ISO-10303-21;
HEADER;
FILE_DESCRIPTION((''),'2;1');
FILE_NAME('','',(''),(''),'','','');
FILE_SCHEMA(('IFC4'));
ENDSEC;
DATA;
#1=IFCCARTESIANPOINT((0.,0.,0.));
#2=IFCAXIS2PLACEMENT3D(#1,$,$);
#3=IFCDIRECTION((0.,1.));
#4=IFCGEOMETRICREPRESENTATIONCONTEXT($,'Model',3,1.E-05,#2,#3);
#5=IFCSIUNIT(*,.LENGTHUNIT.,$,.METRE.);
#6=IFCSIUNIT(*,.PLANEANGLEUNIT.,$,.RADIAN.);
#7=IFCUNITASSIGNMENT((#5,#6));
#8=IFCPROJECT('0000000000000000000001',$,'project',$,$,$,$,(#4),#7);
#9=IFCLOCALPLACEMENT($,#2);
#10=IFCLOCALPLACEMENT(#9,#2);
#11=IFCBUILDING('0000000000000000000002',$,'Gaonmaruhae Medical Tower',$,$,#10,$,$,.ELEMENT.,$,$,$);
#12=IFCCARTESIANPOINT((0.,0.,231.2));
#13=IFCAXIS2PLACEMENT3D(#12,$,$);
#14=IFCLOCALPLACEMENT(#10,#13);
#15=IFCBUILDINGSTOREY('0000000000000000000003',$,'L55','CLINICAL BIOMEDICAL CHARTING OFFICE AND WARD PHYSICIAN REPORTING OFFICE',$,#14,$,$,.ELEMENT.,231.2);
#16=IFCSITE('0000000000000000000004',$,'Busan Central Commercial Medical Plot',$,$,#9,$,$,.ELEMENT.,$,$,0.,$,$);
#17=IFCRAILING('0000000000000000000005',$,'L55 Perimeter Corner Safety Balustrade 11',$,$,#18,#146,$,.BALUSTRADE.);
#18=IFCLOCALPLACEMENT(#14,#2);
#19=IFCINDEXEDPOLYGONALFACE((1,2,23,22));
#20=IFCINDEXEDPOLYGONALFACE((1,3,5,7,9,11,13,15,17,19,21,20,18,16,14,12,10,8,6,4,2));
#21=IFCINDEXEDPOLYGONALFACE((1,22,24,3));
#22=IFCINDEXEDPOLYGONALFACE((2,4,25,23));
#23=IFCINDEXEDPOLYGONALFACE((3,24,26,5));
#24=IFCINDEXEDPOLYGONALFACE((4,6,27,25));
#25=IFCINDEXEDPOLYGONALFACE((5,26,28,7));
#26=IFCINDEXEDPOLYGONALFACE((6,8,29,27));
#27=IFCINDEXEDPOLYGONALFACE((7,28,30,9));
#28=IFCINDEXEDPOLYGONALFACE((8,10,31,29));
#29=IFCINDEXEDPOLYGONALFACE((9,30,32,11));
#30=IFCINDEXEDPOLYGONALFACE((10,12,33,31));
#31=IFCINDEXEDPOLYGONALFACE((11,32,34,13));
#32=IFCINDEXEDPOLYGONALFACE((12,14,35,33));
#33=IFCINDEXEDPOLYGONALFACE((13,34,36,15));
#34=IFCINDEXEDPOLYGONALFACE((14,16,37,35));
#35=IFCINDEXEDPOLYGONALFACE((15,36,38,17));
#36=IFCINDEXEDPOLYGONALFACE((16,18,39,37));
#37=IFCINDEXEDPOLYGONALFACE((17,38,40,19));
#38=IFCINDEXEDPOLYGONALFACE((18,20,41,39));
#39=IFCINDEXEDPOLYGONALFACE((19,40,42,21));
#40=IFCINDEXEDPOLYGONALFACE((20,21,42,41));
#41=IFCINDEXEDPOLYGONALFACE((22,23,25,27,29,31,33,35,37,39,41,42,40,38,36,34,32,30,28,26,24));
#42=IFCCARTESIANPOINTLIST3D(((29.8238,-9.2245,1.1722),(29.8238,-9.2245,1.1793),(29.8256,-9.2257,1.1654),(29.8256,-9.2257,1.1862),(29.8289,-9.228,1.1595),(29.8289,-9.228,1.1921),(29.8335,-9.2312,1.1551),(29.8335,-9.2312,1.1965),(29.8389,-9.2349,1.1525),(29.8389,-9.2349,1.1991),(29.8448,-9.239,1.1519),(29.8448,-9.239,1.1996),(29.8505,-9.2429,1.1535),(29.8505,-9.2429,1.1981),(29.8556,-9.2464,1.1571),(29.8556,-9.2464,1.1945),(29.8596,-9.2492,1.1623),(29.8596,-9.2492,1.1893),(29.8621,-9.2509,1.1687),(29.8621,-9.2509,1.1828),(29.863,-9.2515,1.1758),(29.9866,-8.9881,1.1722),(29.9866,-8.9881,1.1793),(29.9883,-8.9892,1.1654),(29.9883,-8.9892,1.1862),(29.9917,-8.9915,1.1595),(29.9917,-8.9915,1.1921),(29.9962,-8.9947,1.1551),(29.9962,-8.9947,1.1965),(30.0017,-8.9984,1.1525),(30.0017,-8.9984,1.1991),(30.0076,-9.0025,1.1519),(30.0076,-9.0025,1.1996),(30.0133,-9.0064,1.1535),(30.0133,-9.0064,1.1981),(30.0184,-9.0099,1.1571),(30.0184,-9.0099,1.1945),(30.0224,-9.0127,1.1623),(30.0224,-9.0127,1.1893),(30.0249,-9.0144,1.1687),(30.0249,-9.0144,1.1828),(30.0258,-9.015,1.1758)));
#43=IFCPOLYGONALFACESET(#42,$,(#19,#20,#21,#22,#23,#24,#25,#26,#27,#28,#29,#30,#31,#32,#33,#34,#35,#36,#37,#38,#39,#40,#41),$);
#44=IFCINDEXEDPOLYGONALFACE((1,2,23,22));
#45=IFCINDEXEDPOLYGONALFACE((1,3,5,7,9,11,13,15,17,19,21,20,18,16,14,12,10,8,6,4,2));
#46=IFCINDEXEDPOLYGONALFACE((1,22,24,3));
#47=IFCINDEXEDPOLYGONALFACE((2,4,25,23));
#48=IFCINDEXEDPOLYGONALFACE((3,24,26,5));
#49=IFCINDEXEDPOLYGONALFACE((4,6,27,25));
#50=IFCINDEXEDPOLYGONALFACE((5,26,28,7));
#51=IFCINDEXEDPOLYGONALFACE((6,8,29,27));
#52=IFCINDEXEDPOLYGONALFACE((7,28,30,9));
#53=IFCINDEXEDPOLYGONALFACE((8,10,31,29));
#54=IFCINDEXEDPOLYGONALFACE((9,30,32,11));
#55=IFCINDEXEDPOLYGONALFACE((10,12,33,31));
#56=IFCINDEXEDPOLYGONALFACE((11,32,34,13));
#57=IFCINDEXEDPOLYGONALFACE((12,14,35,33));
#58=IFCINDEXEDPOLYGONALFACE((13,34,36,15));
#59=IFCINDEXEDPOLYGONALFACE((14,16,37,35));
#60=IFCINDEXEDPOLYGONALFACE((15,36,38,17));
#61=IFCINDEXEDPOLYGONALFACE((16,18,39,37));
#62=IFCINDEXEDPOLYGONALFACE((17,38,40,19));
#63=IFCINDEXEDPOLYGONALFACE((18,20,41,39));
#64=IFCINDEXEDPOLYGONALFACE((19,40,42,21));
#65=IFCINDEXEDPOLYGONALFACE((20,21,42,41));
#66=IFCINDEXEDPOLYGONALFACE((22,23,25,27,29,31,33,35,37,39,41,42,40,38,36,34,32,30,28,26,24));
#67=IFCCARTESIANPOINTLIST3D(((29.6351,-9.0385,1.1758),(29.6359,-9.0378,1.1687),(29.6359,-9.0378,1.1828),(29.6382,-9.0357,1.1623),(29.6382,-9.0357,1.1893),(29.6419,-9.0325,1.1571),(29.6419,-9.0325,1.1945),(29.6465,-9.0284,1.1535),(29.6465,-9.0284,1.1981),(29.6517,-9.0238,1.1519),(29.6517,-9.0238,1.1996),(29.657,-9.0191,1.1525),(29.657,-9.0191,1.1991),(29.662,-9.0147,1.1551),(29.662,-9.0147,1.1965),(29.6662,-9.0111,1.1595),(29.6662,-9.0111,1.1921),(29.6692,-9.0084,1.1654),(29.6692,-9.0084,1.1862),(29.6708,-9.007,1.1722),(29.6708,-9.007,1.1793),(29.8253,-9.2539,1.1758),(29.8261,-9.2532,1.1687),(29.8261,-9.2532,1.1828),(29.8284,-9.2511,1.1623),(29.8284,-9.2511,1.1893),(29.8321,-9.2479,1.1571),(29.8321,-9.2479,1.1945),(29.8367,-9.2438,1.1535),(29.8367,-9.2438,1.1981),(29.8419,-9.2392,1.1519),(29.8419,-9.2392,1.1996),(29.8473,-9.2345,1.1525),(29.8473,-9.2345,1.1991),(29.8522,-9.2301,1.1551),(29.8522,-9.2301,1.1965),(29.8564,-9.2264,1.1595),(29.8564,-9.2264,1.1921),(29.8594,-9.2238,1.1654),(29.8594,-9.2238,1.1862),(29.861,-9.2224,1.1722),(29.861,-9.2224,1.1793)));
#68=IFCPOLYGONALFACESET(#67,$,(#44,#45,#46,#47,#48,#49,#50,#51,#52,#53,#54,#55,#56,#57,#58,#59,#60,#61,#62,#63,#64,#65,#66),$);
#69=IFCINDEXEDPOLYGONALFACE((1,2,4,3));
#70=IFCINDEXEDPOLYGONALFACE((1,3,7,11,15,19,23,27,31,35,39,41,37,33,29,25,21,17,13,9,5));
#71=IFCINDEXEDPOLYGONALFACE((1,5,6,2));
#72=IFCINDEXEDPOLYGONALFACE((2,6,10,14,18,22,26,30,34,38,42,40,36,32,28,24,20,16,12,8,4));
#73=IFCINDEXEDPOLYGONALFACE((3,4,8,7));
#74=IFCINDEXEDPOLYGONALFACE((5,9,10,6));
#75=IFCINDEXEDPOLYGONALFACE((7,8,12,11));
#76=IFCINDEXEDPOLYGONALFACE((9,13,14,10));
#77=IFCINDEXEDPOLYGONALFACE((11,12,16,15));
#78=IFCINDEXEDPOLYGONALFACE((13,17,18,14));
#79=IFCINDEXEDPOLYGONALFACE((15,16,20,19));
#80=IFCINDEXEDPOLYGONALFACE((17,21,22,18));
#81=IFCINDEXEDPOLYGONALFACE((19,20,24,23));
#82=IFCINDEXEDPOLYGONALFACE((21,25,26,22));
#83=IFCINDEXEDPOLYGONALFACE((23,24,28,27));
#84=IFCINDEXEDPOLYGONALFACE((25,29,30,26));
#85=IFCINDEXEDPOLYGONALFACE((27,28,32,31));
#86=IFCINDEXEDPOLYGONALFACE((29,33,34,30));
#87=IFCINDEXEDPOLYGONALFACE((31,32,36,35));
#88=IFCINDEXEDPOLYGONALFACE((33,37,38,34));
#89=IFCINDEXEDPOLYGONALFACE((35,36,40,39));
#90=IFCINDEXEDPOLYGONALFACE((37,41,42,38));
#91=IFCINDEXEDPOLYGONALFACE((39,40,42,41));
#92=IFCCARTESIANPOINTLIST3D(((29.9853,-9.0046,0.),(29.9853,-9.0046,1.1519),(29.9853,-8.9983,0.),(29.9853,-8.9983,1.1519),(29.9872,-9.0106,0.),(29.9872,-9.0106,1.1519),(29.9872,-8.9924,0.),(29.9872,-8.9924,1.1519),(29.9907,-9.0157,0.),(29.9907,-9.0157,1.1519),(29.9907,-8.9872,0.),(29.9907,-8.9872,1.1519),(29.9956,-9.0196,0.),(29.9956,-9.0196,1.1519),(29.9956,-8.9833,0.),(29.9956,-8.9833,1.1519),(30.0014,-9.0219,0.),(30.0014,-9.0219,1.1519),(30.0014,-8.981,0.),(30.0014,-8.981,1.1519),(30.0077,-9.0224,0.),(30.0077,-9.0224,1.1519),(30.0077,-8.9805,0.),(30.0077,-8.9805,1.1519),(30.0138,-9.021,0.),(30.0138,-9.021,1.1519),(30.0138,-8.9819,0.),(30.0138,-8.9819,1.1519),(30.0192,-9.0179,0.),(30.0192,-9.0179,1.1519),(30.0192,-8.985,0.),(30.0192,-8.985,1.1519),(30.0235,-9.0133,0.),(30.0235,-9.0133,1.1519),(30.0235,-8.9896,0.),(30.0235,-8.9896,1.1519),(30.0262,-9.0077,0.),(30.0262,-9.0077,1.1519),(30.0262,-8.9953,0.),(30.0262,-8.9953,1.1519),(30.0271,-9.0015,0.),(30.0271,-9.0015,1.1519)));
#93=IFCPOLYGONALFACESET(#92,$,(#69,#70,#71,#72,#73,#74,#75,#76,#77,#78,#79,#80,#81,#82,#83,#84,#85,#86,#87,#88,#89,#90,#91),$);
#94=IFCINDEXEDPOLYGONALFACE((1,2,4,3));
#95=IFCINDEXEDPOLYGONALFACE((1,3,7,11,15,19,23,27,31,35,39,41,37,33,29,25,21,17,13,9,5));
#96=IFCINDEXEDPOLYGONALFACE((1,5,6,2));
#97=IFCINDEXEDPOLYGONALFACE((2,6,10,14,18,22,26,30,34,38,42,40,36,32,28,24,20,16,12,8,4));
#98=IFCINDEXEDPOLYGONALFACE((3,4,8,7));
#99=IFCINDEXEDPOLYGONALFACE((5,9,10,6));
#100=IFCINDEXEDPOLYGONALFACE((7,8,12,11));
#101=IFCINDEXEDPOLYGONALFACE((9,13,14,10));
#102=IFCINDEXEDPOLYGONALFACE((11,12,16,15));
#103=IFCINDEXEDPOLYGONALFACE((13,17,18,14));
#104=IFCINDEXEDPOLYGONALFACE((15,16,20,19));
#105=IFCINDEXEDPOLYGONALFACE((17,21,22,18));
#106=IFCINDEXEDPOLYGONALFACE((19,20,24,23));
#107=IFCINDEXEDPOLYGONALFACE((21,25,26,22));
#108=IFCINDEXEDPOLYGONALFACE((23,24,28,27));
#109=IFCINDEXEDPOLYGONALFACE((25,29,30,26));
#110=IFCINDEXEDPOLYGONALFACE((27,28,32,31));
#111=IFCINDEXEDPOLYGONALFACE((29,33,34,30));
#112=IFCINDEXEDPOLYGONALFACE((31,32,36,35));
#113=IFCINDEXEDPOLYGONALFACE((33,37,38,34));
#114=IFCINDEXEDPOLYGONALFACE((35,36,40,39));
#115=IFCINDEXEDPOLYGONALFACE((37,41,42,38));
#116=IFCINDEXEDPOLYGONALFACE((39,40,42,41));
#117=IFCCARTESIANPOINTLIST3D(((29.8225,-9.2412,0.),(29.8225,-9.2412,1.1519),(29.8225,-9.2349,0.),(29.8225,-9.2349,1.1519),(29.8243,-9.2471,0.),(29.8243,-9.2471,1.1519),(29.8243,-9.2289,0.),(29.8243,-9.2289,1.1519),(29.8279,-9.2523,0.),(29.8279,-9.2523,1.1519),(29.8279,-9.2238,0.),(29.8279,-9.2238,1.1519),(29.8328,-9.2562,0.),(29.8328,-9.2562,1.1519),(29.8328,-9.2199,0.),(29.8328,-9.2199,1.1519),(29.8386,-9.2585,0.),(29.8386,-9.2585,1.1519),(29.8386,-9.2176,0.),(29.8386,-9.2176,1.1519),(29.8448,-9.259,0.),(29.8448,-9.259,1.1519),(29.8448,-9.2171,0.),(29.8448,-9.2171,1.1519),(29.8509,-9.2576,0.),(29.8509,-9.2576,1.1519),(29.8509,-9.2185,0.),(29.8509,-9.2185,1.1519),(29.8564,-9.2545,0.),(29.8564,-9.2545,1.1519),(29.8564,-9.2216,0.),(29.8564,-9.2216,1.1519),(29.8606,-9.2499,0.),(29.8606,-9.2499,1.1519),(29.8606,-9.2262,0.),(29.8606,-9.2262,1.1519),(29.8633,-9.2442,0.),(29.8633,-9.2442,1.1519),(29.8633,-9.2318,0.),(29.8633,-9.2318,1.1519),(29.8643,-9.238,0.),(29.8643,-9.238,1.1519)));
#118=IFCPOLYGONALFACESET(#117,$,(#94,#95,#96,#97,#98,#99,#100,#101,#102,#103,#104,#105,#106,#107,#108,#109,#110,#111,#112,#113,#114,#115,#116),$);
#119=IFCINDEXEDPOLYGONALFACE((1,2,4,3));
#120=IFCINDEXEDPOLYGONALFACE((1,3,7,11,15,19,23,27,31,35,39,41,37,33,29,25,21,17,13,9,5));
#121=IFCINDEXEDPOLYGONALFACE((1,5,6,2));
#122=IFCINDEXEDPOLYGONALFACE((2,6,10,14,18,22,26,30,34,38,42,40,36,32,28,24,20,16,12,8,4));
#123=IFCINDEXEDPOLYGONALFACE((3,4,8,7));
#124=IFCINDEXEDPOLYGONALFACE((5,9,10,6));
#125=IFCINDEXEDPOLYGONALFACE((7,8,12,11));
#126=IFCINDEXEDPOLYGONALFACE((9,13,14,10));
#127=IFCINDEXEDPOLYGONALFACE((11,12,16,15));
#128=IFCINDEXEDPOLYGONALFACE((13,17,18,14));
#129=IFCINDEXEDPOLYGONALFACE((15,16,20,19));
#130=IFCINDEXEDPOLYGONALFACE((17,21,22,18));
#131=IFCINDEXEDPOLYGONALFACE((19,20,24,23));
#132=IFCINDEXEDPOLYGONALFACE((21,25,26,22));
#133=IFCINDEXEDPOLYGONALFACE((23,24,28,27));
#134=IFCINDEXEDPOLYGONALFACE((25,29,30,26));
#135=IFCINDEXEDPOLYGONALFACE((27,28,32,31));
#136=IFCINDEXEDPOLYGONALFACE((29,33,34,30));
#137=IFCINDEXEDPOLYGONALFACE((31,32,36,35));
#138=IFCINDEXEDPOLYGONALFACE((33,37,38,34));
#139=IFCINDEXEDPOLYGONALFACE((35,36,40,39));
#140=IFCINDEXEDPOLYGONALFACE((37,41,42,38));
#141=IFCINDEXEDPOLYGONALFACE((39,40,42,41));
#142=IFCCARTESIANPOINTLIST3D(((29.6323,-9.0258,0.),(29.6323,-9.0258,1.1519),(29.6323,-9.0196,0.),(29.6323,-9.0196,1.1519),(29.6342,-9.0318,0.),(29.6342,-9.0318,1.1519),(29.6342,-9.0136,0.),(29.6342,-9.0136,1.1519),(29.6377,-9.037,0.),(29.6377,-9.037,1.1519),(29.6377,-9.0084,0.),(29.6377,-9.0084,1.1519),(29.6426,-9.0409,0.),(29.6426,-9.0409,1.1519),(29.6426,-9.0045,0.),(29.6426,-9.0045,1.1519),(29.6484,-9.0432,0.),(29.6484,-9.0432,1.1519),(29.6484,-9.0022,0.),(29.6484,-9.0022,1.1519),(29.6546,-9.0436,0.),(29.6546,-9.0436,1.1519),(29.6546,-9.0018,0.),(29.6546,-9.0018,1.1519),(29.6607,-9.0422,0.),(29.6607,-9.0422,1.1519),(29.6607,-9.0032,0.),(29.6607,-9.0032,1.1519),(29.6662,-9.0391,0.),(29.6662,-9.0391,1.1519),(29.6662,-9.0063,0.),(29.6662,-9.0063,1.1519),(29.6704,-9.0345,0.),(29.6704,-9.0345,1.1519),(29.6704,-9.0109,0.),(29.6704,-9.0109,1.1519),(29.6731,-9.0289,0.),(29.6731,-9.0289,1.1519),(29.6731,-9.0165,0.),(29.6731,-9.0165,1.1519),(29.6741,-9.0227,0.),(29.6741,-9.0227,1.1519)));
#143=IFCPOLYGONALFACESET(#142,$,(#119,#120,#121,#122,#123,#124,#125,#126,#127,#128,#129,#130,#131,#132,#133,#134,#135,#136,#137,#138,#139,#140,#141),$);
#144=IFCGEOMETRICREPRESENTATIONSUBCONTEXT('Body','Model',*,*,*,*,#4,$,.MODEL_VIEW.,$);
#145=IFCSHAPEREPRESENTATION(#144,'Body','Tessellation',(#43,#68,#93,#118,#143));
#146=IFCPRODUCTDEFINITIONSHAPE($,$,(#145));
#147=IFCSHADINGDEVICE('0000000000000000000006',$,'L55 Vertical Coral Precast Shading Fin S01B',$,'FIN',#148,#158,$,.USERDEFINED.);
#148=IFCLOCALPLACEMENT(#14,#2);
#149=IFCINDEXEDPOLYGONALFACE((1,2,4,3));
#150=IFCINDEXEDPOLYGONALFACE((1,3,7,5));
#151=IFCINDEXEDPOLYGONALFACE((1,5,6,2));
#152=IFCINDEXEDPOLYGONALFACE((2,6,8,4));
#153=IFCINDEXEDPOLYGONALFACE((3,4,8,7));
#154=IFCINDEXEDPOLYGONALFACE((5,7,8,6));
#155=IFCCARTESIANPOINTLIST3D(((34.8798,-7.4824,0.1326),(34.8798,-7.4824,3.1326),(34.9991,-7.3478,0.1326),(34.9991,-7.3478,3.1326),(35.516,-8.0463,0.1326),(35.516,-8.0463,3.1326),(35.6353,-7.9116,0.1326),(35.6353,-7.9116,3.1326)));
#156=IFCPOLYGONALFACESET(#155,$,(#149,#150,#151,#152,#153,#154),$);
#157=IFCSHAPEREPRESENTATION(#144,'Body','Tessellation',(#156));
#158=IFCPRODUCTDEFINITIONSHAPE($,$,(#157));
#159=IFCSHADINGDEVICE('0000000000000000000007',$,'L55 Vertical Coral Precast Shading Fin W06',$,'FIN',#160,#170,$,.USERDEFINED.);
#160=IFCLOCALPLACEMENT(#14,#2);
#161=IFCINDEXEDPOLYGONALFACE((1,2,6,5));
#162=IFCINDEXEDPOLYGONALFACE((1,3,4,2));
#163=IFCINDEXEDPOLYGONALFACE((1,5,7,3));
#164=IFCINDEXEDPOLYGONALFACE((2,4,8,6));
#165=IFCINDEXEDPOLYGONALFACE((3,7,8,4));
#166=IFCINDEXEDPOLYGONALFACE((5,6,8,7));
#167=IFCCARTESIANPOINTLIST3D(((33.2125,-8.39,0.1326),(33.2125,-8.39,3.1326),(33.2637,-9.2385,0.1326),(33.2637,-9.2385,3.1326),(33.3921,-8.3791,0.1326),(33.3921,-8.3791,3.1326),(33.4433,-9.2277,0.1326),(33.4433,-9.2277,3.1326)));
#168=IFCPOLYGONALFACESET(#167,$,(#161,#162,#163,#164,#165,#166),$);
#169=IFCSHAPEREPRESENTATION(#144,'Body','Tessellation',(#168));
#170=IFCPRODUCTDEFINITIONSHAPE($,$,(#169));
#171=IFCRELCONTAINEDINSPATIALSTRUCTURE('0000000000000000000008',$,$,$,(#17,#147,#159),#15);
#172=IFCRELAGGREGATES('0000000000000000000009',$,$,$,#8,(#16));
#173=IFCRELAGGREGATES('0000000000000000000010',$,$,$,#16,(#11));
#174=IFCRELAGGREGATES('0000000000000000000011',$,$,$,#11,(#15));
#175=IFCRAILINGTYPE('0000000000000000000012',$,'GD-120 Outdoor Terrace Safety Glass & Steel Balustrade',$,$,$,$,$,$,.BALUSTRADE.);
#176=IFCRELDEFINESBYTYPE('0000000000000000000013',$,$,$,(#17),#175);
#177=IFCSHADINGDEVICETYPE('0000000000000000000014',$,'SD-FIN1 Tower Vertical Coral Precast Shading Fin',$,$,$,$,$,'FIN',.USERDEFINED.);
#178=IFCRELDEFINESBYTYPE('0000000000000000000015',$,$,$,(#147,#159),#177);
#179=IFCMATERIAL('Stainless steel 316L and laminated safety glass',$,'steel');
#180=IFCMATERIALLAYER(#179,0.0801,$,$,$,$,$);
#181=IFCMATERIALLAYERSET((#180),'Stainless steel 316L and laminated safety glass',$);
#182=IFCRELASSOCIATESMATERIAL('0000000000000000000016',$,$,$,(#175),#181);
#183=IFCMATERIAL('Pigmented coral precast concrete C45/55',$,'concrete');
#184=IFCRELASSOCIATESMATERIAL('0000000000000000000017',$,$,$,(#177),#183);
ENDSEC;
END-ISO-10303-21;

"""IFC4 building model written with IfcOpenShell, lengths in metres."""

from ifc_helpers import new_model, si_unit, direction, frame, origin, origin_2d, place, context, subcontext, project, spatial, rectangle, circle, extrude, material, layer, layer_set, type_object, element, save


model = new_model("IFC4")

# Units and contexts
model_context = context("Model", 3, precision=1e-05, world=origin(), true_north=direction((0.0, 1.0)))
body_context = subcontext(model_context, "Body", "Model", "MODEL_VIEW")
ifc_project = project(units=[si_unit("LENGTHUNIT", "METRE"), si_unit("PLANEANGLEUNIT", "RADIAN")], contexts=[model_context])

# Site, building, storey
site_placement = place(None, origin())
site = spatial("IfcSite", under=ifc_project, at=site_placement, Name="Busan Central Commercial Medical Plot", CompositionType="ELEMENT", RefElevation=0.0)
building_placement = place(site_placement, origin())
building = spatial("IfcBuilding", under=site, at=building_placement, Name="Gaonmaruhae Medical Tower", CompositionType="ELEMENT")
storey_placement = place(building_placement, frame((0.0, 0.0, 231.2)))
storey = spatial("IfcBuildingStorey", under=building, at=storey_placement, Name="L55", Description="CLINICAL BIOMEDICAL CHARTING OFFICE AND WARD PHYSICIAN REPORTING OFFICE", CompositionType="ELEMENT", Elevation=231.2)

# Railing
ifc_material_1 = material(Name="Stainless steel 316L and laminated safety glass", Category="steel")
ifc_layer_1 = layer(ifc_material_1, 0.0801)
ifc_layer_set_1 = layer_set([ifc_layer_1], Name="Stainless steel 316L and laminated safety glass")
railing_type = type_object("IfcRailingType", Name="GD-120 Outdoor Terrace Safety Glass & Steel Balustrade", PredefinedType="BALUSTRADE", material=ifc_layer_set_1)
railing_1_placement = place(storey_placement, frame((30.0061, -9.0015, 0.0)))
element("IfcRailing", 1, at=railing_1_placement, inside=storey, type_object=railing_type, Name="L55 Perimeter Corner Safety Balustrade 11", PredefinedType="BALUSTRADE", context=body_context, shape_type="SweptSolid", body=[
    extrude(circle(Radius=0.0239, at=origin_2d()), frame((0.0, 0.0, 1.1758), z_axis=(-0.566998, -0.823719, 0.0), x_axis=(0.823719, -0.566998, 0.0)), (0.0, 0.0, 1.0), 0.2871),
    extrude(circle(Radius=0.0239, at=origin_2d()), frame((-0.1628, -0.2366, 1.1758), z_axis=(-0.661987, 0.749515, 0.0), x_axis=(-0.749515, -0.661987, 0.0)), (0.0, 0.0, 1.0), 0.2874),
    extrude(circle(Radius=0.021, at=origin_2d()), origin(), (0.0, 0.0, 1.0), 1.1519),
    extrude(circle(Radius=0.021, at=origin_2d()), frame((-0.1628, -0.2366, 0.0)), (0.0, 0.0, 1.0), 1.1519),
    extrude(circle(Radius=0.021, at=origin_2d()), frame((-0.353, -0.0212, 0.0)), (0.0, 0.0, 1.0), 1.1519),
])

# Shading devices
ifc_material_2 = material(Name="Pigmented coral precast concrete C45/55", Category="concrete")
shading_device_type = type_object("IfcShadingDeviceType", Name="SD-FIN1 Tower Vertical Coral Precast Shading Fin", ElementType="FIN", PredefinedType="USERDEFINED", material=ifc_material_2)
for number, where, z_axis, x_axis, name in (
    (2, (35.2576, -7.697, 0.1326), (0.0, 0.0, 1.0), (-0.663273, -0.748377, 0.0), "L55 Vertical Coral Precast Shading Fin S01B"),
    (3, (33.3279, -8.8088, 0.1326), (0.0, 0.0, 1.0), (-0.998188, -0.060177, 0.0), "L55 Vertical Coral Precast Shading Fin W06"),
):
    element("IfcShadingDevice", number, at=place(storey_placement, frame(where, z_axis=z_axis, x_axis=x_axis)), inside=storey, type_object=shading_device_type, Name=name, ObjectType="FIN", PredefinedType="USERDEFINED", context=body_context, shape_type="SweptSolid", body=[
        extrude(rectangle(XDim=0.1799, YDim=0.8501, at=origin_2d()), origin(), (0.0, 0.0, 1.0), 3.0),
    ])

save(model, "model.ifc")
